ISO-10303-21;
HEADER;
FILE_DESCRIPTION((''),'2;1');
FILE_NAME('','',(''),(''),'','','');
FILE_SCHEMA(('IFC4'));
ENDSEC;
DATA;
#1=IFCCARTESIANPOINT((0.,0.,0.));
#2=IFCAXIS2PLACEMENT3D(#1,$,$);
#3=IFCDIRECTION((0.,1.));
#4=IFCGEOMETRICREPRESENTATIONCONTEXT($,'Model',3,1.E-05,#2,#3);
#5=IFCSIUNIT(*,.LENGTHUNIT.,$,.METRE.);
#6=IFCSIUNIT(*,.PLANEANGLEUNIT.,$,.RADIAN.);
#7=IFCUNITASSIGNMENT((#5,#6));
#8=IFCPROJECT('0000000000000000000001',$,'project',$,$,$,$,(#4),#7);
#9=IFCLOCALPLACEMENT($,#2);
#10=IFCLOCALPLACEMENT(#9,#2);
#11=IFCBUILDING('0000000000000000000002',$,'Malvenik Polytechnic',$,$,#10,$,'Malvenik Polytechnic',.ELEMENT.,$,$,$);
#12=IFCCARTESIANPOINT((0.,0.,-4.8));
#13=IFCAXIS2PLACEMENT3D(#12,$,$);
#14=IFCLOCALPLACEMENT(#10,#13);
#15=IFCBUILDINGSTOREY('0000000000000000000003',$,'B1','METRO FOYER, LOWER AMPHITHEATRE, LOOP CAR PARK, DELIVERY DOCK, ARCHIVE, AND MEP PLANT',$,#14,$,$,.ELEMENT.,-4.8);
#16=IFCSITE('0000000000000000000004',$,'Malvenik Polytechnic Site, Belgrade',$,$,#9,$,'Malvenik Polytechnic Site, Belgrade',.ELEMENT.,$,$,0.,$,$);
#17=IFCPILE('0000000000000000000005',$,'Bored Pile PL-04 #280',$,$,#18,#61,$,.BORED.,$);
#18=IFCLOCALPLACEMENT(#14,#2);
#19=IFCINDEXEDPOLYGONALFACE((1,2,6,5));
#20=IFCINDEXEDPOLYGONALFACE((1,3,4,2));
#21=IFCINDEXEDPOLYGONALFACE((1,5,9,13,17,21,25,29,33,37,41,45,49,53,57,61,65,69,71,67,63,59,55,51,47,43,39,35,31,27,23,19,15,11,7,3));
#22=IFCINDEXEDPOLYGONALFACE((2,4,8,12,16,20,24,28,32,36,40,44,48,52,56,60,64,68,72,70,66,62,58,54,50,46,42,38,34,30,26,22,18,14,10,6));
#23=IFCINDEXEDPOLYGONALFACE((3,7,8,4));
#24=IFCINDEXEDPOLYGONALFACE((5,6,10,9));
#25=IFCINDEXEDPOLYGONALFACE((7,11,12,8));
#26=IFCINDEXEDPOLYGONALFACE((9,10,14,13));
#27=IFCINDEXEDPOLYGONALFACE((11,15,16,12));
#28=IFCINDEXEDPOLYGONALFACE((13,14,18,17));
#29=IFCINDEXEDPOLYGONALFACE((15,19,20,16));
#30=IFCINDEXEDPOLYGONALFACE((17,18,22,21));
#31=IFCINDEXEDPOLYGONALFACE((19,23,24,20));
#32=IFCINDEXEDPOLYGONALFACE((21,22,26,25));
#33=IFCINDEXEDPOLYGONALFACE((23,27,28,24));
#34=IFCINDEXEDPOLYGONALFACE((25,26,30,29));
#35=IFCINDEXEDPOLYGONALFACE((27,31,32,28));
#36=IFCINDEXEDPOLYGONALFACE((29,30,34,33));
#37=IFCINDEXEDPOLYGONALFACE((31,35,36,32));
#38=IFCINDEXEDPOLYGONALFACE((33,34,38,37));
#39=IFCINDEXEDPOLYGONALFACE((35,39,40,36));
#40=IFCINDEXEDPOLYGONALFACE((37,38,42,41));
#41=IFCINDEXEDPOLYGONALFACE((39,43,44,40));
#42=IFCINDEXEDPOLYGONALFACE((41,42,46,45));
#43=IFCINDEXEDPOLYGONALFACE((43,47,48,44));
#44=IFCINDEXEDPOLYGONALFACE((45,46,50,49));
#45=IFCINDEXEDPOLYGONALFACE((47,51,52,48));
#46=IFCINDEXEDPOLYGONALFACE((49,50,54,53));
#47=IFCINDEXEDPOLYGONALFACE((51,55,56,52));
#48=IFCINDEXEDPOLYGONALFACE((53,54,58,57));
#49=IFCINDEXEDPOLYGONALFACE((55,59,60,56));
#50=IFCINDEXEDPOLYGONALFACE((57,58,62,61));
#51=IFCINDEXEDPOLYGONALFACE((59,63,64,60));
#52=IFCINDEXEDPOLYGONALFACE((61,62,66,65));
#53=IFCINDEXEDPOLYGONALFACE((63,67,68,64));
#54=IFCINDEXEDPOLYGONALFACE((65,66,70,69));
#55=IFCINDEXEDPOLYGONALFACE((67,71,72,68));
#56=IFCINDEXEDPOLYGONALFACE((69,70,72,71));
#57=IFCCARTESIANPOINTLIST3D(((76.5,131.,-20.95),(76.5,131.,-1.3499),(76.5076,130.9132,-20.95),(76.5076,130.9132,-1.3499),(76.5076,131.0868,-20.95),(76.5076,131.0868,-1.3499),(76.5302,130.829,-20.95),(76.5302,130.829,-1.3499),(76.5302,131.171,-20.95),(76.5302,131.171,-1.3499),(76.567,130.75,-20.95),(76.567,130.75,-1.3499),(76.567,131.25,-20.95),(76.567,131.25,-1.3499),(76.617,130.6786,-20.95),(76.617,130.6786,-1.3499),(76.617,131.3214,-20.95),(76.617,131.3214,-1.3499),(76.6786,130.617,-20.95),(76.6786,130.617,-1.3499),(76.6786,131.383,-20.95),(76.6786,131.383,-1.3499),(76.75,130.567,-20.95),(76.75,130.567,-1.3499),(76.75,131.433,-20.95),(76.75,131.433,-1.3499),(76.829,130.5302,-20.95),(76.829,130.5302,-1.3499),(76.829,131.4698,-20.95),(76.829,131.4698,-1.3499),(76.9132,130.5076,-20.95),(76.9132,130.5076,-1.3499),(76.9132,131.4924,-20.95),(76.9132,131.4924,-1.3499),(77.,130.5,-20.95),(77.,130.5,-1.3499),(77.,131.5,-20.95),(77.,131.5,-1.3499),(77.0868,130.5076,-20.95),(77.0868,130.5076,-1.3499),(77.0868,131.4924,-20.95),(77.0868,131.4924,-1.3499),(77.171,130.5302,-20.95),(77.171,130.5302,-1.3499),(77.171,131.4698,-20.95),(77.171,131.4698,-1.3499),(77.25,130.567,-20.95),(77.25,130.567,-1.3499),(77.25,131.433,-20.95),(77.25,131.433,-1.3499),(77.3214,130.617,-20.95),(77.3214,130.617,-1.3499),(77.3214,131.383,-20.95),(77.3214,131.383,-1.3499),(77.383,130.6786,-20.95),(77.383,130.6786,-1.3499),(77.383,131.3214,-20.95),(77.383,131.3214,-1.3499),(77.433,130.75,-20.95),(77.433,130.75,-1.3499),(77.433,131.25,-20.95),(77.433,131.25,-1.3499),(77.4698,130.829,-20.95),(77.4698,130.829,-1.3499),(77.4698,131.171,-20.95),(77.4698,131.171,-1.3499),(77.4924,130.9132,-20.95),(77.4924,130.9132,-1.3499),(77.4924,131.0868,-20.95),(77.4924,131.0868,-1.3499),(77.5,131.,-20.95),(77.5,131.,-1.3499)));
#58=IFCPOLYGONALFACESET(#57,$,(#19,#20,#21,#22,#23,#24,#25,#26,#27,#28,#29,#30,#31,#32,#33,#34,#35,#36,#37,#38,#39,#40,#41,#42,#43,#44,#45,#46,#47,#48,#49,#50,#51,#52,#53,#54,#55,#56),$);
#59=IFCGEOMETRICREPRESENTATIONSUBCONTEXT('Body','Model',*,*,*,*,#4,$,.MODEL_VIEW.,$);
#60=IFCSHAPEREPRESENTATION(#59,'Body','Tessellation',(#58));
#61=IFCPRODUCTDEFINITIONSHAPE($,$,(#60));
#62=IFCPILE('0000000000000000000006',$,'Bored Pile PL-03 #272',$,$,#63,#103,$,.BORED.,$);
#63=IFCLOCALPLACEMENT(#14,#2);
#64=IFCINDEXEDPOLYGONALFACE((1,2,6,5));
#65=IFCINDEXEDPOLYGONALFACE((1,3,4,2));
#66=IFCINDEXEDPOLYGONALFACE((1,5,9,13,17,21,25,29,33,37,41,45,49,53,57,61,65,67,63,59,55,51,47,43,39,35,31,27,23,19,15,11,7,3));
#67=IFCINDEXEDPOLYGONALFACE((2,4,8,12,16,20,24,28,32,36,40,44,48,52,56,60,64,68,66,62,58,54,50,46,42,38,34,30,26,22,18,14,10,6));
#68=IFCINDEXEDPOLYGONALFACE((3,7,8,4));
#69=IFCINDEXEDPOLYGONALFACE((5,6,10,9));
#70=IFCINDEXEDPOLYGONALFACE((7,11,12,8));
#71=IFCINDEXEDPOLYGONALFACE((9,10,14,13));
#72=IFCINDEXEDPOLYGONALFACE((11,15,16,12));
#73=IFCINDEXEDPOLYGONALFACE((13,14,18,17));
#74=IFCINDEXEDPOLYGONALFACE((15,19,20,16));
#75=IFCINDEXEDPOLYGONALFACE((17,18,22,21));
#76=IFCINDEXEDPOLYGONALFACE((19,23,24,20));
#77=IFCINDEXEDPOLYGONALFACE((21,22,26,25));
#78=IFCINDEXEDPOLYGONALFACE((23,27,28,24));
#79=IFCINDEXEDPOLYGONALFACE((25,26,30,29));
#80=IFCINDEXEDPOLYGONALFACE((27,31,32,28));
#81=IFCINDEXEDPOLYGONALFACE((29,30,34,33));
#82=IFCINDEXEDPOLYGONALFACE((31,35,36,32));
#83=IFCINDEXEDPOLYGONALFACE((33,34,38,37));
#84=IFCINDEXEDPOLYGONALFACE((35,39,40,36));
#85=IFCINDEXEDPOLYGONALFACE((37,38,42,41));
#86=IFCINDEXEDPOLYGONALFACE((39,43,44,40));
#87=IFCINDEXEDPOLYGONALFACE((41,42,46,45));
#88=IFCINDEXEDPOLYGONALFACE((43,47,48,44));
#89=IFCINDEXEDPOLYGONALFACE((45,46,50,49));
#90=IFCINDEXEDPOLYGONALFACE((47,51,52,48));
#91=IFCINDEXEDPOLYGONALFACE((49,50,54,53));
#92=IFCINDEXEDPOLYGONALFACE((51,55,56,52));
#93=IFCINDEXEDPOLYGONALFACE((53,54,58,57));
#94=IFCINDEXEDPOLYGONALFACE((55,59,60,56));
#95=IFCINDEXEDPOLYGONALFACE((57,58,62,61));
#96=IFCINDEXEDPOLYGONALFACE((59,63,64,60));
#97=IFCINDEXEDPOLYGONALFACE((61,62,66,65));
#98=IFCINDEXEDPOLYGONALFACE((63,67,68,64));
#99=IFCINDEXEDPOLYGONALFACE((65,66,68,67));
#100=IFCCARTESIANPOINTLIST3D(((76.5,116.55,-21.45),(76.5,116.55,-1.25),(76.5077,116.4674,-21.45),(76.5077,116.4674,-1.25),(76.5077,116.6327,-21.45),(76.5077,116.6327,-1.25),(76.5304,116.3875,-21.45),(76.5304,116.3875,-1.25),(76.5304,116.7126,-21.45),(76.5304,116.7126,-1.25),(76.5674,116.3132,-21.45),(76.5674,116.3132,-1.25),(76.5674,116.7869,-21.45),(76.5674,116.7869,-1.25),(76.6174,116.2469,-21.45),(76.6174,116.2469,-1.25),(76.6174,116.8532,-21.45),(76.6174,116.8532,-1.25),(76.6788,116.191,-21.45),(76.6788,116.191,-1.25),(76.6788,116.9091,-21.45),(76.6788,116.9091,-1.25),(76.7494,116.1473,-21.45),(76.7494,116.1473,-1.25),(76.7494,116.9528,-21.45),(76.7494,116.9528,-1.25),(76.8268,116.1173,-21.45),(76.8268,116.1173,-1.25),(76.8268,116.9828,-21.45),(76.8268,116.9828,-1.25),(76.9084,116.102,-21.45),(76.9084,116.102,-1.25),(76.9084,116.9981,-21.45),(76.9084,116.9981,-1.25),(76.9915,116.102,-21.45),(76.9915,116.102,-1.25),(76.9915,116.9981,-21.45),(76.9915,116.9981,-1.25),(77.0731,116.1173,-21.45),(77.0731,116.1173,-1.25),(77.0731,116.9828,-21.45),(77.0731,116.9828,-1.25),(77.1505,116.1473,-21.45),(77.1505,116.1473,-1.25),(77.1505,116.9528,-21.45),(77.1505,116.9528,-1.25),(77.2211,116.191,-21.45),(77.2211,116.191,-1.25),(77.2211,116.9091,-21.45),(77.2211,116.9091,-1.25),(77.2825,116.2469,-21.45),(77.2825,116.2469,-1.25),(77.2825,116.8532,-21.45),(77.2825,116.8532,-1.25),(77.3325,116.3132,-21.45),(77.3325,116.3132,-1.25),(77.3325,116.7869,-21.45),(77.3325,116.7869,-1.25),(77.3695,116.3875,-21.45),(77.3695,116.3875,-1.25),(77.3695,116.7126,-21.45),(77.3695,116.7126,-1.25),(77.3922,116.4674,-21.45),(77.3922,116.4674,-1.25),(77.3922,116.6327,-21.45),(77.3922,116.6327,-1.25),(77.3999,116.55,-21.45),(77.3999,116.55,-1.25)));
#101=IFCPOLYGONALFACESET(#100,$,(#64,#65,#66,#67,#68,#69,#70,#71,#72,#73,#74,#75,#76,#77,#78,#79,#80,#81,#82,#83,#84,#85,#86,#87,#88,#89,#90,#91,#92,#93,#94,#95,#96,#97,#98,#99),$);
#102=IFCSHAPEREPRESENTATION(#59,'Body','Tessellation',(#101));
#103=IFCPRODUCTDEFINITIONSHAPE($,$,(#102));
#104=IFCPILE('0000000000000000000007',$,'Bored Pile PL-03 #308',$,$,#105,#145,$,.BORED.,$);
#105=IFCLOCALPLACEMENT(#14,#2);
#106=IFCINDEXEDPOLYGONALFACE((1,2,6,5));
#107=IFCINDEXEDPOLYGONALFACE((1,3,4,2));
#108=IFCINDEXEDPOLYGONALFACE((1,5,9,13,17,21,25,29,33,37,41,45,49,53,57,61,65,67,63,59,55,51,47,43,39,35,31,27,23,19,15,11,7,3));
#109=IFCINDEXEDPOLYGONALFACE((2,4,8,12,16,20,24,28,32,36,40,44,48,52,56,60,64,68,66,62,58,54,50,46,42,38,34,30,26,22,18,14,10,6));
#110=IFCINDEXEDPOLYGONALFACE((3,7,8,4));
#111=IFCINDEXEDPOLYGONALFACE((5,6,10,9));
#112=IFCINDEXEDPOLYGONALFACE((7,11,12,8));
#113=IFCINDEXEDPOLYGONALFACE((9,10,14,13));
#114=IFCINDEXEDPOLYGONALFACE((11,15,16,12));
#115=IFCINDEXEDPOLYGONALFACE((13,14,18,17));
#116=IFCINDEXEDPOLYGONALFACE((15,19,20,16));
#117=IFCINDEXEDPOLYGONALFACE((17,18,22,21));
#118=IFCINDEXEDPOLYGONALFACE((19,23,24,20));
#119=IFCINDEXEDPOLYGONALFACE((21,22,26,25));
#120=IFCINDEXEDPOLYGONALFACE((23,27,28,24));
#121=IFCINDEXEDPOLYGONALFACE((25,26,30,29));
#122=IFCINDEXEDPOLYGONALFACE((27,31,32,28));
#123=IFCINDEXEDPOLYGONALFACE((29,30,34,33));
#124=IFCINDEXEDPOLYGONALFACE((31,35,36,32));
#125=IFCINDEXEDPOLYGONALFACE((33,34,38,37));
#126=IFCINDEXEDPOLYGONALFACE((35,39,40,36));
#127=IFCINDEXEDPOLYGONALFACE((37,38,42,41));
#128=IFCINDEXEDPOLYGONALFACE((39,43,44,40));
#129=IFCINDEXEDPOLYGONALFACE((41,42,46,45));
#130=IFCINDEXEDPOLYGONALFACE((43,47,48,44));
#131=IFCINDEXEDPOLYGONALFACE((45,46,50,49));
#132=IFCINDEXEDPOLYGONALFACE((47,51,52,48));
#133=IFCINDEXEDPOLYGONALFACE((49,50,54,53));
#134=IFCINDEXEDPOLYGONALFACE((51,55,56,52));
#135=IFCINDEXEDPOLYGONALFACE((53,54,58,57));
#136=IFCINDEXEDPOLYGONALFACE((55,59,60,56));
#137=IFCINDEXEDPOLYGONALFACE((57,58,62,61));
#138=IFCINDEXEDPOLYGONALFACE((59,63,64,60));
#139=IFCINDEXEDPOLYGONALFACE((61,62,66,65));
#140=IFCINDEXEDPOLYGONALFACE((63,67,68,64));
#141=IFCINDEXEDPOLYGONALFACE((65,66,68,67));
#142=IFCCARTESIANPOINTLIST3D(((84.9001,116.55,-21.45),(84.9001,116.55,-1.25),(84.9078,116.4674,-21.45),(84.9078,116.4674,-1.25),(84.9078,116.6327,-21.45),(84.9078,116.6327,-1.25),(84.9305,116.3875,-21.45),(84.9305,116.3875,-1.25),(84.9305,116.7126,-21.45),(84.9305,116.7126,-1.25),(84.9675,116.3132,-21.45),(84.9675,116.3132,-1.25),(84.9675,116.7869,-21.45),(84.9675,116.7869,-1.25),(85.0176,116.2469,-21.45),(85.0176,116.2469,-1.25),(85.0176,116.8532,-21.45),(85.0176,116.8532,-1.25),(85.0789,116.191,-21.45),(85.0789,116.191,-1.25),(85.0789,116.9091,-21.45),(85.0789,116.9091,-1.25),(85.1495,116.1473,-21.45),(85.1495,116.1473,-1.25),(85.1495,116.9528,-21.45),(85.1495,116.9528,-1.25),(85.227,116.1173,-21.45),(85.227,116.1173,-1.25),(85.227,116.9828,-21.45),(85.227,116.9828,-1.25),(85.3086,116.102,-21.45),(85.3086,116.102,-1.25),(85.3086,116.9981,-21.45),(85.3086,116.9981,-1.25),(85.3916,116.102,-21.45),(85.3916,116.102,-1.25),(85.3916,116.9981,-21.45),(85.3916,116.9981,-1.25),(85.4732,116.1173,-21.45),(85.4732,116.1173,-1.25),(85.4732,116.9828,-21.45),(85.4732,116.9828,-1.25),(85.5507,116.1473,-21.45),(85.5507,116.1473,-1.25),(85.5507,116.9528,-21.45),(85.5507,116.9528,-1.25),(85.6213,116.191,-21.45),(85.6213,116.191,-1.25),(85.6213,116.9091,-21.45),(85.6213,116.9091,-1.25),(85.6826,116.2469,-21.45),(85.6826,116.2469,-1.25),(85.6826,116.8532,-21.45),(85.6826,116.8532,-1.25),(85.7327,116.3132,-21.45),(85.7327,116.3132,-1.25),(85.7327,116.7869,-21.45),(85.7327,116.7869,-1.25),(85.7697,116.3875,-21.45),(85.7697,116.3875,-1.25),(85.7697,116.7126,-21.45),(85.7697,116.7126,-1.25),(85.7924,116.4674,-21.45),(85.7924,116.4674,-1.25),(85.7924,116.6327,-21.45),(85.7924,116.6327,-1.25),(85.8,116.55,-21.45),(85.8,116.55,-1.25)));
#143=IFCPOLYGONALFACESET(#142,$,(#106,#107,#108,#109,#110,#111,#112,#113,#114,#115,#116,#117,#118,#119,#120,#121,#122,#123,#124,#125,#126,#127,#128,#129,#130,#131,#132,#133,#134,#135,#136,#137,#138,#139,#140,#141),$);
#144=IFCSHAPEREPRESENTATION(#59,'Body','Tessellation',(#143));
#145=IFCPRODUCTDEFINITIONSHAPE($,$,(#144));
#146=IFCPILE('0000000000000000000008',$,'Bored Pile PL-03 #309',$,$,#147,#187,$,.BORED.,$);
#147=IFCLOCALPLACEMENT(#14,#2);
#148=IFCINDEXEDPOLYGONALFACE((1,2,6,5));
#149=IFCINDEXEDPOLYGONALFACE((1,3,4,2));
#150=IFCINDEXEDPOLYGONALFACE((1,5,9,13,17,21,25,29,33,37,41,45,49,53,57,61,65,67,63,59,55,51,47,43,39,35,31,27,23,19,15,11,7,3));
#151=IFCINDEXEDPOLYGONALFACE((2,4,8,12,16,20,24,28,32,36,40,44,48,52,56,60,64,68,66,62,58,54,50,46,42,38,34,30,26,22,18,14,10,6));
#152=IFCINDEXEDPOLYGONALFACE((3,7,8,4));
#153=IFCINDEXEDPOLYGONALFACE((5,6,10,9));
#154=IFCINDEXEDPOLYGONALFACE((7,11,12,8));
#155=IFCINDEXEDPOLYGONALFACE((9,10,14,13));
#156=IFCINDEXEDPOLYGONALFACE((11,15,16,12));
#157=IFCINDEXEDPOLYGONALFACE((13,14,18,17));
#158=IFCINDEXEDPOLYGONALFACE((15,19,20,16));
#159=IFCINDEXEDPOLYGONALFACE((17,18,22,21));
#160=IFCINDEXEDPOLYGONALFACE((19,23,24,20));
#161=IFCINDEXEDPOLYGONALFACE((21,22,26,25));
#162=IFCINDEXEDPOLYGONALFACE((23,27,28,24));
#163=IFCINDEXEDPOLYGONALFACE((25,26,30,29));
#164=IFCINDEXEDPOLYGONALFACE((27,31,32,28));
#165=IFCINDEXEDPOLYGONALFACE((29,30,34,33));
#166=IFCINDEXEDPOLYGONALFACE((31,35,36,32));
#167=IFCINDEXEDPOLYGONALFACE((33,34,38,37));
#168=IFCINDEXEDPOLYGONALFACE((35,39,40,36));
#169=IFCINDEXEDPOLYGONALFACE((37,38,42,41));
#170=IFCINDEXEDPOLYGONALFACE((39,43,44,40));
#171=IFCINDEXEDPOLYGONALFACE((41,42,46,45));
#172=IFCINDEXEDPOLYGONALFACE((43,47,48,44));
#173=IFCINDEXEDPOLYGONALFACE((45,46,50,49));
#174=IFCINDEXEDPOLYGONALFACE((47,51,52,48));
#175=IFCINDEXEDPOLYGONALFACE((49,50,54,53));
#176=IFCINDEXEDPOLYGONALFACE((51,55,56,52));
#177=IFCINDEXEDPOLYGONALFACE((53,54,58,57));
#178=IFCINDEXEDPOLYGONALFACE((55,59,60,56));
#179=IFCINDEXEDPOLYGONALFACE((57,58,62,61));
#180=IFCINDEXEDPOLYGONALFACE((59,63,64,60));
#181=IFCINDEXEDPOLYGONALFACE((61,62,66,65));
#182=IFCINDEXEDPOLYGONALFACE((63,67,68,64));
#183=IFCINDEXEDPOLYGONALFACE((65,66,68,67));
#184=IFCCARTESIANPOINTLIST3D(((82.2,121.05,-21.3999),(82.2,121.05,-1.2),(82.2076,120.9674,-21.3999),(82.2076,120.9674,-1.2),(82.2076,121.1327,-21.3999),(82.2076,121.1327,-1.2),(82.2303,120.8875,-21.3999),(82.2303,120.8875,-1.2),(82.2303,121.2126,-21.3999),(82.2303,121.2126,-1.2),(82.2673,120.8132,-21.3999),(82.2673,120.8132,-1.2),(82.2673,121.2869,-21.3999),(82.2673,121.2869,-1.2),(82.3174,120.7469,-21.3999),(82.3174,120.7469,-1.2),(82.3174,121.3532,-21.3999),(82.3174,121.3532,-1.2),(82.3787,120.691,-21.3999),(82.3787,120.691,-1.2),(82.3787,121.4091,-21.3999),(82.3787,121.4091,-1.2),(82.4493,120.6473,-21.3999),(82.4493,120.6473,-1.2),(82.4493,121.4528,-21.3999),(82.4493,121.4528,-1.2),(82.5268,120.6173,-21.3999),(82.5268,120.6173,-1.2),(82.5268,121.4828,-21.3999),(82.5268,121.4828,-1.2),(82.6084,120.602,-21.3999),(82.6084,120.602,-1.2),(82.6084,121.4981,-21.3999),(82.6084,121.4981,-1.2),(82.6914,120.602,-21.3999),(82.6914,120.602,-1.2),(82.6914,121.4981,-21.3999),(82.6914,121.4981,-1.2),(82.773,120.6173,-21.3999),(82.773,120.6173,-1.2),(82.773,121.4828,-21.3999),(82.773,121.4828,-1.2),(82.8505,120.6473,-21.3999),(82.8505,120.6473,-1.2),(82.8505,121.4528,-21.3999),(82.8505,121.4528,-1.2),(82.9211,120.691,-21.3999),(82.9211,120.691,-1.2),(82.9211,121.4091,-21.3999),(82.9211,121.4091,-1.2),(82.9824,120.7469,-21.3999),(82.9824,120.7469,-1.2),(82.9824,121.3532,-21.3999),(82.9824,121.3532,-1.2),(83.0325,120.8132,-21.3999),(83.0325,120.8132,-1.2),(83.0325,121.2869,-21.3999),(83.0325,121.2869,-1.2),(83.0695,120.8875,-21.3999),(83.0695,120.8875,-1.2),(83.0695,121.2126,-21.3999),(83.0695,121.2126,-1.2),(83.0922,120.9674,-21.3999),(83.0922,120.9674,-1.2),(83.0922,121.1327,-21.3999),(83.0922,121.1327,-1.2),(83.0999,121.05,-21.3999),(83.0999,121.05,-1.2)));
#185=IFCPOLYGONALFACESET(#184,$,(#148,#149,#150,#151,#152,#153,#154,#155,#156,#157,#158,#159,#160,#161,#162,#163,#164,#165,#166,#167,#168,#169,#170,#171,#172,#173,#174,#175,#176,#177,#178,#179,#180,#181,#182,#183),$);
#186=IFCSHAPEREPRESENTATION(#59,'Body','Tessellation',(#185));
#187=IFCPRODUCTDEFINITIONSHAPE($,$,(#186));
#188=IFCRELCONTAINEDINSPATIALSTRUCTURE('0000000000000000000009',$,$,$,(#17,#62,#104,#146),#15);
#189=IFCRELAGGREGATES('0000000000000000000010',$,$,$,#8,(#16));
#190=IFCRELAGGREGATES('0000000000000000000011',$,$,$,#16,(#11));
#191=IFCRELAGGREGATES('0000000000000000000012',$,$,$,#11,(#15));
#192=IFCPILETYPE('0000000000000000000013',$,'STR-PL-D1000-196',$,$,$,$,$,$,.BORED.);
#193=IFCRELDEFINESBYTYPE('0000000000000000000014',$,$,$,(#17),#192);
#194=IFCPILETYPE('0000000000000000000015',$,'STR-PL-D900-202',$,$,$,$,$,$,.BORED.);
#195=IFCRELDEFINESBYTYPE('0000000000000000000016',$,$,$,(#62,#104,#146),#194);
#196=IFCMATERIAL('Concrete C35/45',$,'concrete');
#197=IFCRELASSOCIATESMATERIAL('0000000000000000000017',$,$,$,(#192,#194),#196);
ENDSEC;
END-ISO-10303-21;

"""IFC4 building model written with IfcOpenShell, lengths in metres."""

from ifc_helpers import new_model, si_unit, direction, frame, origin, origin_2d, place, context, subcontext, project, spatial, circle, extrude, material, material_profile, profile_set, type_object, element, save


model = new_model("IFC4")

# Units and contexts
model_context = context("Model", 3, precision=1e-05, world=origin(), true_north=direction((0.0, 1.0)))
body_context = subcontext(model_context, "Body", "Model", "MODEL_VIEW")
ifc_project = project(units=[si_unit("LENGTHUNIT", "METRE"), si_unit("PLANEANGLEUNIT", "RADIAN")], contexts=[model_context])

# Site, building, storey
site_placement = place(None, origin())
site = spatial("IfcSite", under=ifc_project, at=site_placement, Name="Malvenik Polytechnic Site, Belgrade", LongName="Malvenik Polytechnic Site, Belgrade", CompositionType="ELEMENT", RefElevation=0.0)
building_placement = place(site_placement, origin())
building = spatial("IfcBuilding", under=site, at=building_placement, Name="Malvenik Polytechnic", LongName="Malvenik Polytechnic", CompositionType="ELEMENT")
storey_placement = place(building_placement, frame((0.0, 0.0, -4.8)))
storey = spatial("IfcBuildingStorey", under=building, at=storey_placement, Name="B1", Description="METRO FOYER, LOWER AMPHITHEATRE, LOOP CAR PARK, DELIVERY DOCK, ARCHIVE, AND MEP PLANT", CompositionType="ELEMENT", Elevation=-4.8)

# Shared definitions
ifc_material_1 = material(Name="Concrete C35/45", Category="concrete")

# Piles
ifc_material_profile_1 = material_profile(ifc_material_1, circle(Radius=0.5, at=origin_2d()), Name="BORED PILE D1000")
ifc_profile_set_1 = profile_set([ifc_material_profile_1], Name="Concrete C35/45")
pile_type_1 = type_object("IfcPileType", Name="STR-PL-D1000-196", PredefinedType="BORED", material=ifc_profile_set_1)
for number, where, z_axis, x_axis, name in (
    (1, (77.0, 131.0, -1.3499), (0.0, 0.0, -1.0), (1.0, 0.0, 0.0), "Bored Pile PL-04 #280"),
):
    element("IfcPile", number, at=place(storey_placement, frame(where, z_axis=z_axis, x_axis=x_axis)), inside=storey, type_object=pile_type_1, Name=name, PredefinedType="BORED", context=body_context, shape_type="SweptSolid", body=[
        extrude(circle(Radius=0.5, at=origin_2d()), origin(), (0.0, 0.0, 1.0), 19.6001),
    ])
ifc_material_profile_2 = material_profile(ifc_material_1, circle(Radius=0.45, at=origin_2d()), Name="BORED PILE D900")
ifc_profile_set_2 = profile_set([ifc_material_profile_2], Name="Concrete C35/45")
pile_type_2 = type_object("IfcPileType", Name="STR-PL-D900-202", PredefinedType="BORED", material=ifc_profile_set_2)
for number, where, z_axis, x_axis, name in (
    (2, (76.95, 116.55, -1.25), (0.0, 0.0, -1.0), (1.0, 0.0, 0.0), "Bored Pile PL-03 #272"),
    (3, (85.3501, 116.55, -1.25), (0.0, 0.0, -1.0), (1.0, 0.0, 0.0), "Bored Pile PL-03 #308"),
    (4, (82.6499, 121.05, -1.2), (0.0, 0.0, -1.0), (1.0, 0.0, 0.0), "Bored Pile PL-03 #309"),
):
    element("IfcPile", number, at=place(storey_placement, frame(where, z_axis=z_axis, x_axis=x_axis)), inside=storey, type_object=pile_type_2, Name=name, PredefinedType="BORED", context=body_context, shape_type="SweptSolid", body=[
        extrude(circle(Radius=0.45, at=origin_2d()), origin(), (0.0, 0.0, 1.0), 20.2),
    ])

save(model, "model.ifc")
